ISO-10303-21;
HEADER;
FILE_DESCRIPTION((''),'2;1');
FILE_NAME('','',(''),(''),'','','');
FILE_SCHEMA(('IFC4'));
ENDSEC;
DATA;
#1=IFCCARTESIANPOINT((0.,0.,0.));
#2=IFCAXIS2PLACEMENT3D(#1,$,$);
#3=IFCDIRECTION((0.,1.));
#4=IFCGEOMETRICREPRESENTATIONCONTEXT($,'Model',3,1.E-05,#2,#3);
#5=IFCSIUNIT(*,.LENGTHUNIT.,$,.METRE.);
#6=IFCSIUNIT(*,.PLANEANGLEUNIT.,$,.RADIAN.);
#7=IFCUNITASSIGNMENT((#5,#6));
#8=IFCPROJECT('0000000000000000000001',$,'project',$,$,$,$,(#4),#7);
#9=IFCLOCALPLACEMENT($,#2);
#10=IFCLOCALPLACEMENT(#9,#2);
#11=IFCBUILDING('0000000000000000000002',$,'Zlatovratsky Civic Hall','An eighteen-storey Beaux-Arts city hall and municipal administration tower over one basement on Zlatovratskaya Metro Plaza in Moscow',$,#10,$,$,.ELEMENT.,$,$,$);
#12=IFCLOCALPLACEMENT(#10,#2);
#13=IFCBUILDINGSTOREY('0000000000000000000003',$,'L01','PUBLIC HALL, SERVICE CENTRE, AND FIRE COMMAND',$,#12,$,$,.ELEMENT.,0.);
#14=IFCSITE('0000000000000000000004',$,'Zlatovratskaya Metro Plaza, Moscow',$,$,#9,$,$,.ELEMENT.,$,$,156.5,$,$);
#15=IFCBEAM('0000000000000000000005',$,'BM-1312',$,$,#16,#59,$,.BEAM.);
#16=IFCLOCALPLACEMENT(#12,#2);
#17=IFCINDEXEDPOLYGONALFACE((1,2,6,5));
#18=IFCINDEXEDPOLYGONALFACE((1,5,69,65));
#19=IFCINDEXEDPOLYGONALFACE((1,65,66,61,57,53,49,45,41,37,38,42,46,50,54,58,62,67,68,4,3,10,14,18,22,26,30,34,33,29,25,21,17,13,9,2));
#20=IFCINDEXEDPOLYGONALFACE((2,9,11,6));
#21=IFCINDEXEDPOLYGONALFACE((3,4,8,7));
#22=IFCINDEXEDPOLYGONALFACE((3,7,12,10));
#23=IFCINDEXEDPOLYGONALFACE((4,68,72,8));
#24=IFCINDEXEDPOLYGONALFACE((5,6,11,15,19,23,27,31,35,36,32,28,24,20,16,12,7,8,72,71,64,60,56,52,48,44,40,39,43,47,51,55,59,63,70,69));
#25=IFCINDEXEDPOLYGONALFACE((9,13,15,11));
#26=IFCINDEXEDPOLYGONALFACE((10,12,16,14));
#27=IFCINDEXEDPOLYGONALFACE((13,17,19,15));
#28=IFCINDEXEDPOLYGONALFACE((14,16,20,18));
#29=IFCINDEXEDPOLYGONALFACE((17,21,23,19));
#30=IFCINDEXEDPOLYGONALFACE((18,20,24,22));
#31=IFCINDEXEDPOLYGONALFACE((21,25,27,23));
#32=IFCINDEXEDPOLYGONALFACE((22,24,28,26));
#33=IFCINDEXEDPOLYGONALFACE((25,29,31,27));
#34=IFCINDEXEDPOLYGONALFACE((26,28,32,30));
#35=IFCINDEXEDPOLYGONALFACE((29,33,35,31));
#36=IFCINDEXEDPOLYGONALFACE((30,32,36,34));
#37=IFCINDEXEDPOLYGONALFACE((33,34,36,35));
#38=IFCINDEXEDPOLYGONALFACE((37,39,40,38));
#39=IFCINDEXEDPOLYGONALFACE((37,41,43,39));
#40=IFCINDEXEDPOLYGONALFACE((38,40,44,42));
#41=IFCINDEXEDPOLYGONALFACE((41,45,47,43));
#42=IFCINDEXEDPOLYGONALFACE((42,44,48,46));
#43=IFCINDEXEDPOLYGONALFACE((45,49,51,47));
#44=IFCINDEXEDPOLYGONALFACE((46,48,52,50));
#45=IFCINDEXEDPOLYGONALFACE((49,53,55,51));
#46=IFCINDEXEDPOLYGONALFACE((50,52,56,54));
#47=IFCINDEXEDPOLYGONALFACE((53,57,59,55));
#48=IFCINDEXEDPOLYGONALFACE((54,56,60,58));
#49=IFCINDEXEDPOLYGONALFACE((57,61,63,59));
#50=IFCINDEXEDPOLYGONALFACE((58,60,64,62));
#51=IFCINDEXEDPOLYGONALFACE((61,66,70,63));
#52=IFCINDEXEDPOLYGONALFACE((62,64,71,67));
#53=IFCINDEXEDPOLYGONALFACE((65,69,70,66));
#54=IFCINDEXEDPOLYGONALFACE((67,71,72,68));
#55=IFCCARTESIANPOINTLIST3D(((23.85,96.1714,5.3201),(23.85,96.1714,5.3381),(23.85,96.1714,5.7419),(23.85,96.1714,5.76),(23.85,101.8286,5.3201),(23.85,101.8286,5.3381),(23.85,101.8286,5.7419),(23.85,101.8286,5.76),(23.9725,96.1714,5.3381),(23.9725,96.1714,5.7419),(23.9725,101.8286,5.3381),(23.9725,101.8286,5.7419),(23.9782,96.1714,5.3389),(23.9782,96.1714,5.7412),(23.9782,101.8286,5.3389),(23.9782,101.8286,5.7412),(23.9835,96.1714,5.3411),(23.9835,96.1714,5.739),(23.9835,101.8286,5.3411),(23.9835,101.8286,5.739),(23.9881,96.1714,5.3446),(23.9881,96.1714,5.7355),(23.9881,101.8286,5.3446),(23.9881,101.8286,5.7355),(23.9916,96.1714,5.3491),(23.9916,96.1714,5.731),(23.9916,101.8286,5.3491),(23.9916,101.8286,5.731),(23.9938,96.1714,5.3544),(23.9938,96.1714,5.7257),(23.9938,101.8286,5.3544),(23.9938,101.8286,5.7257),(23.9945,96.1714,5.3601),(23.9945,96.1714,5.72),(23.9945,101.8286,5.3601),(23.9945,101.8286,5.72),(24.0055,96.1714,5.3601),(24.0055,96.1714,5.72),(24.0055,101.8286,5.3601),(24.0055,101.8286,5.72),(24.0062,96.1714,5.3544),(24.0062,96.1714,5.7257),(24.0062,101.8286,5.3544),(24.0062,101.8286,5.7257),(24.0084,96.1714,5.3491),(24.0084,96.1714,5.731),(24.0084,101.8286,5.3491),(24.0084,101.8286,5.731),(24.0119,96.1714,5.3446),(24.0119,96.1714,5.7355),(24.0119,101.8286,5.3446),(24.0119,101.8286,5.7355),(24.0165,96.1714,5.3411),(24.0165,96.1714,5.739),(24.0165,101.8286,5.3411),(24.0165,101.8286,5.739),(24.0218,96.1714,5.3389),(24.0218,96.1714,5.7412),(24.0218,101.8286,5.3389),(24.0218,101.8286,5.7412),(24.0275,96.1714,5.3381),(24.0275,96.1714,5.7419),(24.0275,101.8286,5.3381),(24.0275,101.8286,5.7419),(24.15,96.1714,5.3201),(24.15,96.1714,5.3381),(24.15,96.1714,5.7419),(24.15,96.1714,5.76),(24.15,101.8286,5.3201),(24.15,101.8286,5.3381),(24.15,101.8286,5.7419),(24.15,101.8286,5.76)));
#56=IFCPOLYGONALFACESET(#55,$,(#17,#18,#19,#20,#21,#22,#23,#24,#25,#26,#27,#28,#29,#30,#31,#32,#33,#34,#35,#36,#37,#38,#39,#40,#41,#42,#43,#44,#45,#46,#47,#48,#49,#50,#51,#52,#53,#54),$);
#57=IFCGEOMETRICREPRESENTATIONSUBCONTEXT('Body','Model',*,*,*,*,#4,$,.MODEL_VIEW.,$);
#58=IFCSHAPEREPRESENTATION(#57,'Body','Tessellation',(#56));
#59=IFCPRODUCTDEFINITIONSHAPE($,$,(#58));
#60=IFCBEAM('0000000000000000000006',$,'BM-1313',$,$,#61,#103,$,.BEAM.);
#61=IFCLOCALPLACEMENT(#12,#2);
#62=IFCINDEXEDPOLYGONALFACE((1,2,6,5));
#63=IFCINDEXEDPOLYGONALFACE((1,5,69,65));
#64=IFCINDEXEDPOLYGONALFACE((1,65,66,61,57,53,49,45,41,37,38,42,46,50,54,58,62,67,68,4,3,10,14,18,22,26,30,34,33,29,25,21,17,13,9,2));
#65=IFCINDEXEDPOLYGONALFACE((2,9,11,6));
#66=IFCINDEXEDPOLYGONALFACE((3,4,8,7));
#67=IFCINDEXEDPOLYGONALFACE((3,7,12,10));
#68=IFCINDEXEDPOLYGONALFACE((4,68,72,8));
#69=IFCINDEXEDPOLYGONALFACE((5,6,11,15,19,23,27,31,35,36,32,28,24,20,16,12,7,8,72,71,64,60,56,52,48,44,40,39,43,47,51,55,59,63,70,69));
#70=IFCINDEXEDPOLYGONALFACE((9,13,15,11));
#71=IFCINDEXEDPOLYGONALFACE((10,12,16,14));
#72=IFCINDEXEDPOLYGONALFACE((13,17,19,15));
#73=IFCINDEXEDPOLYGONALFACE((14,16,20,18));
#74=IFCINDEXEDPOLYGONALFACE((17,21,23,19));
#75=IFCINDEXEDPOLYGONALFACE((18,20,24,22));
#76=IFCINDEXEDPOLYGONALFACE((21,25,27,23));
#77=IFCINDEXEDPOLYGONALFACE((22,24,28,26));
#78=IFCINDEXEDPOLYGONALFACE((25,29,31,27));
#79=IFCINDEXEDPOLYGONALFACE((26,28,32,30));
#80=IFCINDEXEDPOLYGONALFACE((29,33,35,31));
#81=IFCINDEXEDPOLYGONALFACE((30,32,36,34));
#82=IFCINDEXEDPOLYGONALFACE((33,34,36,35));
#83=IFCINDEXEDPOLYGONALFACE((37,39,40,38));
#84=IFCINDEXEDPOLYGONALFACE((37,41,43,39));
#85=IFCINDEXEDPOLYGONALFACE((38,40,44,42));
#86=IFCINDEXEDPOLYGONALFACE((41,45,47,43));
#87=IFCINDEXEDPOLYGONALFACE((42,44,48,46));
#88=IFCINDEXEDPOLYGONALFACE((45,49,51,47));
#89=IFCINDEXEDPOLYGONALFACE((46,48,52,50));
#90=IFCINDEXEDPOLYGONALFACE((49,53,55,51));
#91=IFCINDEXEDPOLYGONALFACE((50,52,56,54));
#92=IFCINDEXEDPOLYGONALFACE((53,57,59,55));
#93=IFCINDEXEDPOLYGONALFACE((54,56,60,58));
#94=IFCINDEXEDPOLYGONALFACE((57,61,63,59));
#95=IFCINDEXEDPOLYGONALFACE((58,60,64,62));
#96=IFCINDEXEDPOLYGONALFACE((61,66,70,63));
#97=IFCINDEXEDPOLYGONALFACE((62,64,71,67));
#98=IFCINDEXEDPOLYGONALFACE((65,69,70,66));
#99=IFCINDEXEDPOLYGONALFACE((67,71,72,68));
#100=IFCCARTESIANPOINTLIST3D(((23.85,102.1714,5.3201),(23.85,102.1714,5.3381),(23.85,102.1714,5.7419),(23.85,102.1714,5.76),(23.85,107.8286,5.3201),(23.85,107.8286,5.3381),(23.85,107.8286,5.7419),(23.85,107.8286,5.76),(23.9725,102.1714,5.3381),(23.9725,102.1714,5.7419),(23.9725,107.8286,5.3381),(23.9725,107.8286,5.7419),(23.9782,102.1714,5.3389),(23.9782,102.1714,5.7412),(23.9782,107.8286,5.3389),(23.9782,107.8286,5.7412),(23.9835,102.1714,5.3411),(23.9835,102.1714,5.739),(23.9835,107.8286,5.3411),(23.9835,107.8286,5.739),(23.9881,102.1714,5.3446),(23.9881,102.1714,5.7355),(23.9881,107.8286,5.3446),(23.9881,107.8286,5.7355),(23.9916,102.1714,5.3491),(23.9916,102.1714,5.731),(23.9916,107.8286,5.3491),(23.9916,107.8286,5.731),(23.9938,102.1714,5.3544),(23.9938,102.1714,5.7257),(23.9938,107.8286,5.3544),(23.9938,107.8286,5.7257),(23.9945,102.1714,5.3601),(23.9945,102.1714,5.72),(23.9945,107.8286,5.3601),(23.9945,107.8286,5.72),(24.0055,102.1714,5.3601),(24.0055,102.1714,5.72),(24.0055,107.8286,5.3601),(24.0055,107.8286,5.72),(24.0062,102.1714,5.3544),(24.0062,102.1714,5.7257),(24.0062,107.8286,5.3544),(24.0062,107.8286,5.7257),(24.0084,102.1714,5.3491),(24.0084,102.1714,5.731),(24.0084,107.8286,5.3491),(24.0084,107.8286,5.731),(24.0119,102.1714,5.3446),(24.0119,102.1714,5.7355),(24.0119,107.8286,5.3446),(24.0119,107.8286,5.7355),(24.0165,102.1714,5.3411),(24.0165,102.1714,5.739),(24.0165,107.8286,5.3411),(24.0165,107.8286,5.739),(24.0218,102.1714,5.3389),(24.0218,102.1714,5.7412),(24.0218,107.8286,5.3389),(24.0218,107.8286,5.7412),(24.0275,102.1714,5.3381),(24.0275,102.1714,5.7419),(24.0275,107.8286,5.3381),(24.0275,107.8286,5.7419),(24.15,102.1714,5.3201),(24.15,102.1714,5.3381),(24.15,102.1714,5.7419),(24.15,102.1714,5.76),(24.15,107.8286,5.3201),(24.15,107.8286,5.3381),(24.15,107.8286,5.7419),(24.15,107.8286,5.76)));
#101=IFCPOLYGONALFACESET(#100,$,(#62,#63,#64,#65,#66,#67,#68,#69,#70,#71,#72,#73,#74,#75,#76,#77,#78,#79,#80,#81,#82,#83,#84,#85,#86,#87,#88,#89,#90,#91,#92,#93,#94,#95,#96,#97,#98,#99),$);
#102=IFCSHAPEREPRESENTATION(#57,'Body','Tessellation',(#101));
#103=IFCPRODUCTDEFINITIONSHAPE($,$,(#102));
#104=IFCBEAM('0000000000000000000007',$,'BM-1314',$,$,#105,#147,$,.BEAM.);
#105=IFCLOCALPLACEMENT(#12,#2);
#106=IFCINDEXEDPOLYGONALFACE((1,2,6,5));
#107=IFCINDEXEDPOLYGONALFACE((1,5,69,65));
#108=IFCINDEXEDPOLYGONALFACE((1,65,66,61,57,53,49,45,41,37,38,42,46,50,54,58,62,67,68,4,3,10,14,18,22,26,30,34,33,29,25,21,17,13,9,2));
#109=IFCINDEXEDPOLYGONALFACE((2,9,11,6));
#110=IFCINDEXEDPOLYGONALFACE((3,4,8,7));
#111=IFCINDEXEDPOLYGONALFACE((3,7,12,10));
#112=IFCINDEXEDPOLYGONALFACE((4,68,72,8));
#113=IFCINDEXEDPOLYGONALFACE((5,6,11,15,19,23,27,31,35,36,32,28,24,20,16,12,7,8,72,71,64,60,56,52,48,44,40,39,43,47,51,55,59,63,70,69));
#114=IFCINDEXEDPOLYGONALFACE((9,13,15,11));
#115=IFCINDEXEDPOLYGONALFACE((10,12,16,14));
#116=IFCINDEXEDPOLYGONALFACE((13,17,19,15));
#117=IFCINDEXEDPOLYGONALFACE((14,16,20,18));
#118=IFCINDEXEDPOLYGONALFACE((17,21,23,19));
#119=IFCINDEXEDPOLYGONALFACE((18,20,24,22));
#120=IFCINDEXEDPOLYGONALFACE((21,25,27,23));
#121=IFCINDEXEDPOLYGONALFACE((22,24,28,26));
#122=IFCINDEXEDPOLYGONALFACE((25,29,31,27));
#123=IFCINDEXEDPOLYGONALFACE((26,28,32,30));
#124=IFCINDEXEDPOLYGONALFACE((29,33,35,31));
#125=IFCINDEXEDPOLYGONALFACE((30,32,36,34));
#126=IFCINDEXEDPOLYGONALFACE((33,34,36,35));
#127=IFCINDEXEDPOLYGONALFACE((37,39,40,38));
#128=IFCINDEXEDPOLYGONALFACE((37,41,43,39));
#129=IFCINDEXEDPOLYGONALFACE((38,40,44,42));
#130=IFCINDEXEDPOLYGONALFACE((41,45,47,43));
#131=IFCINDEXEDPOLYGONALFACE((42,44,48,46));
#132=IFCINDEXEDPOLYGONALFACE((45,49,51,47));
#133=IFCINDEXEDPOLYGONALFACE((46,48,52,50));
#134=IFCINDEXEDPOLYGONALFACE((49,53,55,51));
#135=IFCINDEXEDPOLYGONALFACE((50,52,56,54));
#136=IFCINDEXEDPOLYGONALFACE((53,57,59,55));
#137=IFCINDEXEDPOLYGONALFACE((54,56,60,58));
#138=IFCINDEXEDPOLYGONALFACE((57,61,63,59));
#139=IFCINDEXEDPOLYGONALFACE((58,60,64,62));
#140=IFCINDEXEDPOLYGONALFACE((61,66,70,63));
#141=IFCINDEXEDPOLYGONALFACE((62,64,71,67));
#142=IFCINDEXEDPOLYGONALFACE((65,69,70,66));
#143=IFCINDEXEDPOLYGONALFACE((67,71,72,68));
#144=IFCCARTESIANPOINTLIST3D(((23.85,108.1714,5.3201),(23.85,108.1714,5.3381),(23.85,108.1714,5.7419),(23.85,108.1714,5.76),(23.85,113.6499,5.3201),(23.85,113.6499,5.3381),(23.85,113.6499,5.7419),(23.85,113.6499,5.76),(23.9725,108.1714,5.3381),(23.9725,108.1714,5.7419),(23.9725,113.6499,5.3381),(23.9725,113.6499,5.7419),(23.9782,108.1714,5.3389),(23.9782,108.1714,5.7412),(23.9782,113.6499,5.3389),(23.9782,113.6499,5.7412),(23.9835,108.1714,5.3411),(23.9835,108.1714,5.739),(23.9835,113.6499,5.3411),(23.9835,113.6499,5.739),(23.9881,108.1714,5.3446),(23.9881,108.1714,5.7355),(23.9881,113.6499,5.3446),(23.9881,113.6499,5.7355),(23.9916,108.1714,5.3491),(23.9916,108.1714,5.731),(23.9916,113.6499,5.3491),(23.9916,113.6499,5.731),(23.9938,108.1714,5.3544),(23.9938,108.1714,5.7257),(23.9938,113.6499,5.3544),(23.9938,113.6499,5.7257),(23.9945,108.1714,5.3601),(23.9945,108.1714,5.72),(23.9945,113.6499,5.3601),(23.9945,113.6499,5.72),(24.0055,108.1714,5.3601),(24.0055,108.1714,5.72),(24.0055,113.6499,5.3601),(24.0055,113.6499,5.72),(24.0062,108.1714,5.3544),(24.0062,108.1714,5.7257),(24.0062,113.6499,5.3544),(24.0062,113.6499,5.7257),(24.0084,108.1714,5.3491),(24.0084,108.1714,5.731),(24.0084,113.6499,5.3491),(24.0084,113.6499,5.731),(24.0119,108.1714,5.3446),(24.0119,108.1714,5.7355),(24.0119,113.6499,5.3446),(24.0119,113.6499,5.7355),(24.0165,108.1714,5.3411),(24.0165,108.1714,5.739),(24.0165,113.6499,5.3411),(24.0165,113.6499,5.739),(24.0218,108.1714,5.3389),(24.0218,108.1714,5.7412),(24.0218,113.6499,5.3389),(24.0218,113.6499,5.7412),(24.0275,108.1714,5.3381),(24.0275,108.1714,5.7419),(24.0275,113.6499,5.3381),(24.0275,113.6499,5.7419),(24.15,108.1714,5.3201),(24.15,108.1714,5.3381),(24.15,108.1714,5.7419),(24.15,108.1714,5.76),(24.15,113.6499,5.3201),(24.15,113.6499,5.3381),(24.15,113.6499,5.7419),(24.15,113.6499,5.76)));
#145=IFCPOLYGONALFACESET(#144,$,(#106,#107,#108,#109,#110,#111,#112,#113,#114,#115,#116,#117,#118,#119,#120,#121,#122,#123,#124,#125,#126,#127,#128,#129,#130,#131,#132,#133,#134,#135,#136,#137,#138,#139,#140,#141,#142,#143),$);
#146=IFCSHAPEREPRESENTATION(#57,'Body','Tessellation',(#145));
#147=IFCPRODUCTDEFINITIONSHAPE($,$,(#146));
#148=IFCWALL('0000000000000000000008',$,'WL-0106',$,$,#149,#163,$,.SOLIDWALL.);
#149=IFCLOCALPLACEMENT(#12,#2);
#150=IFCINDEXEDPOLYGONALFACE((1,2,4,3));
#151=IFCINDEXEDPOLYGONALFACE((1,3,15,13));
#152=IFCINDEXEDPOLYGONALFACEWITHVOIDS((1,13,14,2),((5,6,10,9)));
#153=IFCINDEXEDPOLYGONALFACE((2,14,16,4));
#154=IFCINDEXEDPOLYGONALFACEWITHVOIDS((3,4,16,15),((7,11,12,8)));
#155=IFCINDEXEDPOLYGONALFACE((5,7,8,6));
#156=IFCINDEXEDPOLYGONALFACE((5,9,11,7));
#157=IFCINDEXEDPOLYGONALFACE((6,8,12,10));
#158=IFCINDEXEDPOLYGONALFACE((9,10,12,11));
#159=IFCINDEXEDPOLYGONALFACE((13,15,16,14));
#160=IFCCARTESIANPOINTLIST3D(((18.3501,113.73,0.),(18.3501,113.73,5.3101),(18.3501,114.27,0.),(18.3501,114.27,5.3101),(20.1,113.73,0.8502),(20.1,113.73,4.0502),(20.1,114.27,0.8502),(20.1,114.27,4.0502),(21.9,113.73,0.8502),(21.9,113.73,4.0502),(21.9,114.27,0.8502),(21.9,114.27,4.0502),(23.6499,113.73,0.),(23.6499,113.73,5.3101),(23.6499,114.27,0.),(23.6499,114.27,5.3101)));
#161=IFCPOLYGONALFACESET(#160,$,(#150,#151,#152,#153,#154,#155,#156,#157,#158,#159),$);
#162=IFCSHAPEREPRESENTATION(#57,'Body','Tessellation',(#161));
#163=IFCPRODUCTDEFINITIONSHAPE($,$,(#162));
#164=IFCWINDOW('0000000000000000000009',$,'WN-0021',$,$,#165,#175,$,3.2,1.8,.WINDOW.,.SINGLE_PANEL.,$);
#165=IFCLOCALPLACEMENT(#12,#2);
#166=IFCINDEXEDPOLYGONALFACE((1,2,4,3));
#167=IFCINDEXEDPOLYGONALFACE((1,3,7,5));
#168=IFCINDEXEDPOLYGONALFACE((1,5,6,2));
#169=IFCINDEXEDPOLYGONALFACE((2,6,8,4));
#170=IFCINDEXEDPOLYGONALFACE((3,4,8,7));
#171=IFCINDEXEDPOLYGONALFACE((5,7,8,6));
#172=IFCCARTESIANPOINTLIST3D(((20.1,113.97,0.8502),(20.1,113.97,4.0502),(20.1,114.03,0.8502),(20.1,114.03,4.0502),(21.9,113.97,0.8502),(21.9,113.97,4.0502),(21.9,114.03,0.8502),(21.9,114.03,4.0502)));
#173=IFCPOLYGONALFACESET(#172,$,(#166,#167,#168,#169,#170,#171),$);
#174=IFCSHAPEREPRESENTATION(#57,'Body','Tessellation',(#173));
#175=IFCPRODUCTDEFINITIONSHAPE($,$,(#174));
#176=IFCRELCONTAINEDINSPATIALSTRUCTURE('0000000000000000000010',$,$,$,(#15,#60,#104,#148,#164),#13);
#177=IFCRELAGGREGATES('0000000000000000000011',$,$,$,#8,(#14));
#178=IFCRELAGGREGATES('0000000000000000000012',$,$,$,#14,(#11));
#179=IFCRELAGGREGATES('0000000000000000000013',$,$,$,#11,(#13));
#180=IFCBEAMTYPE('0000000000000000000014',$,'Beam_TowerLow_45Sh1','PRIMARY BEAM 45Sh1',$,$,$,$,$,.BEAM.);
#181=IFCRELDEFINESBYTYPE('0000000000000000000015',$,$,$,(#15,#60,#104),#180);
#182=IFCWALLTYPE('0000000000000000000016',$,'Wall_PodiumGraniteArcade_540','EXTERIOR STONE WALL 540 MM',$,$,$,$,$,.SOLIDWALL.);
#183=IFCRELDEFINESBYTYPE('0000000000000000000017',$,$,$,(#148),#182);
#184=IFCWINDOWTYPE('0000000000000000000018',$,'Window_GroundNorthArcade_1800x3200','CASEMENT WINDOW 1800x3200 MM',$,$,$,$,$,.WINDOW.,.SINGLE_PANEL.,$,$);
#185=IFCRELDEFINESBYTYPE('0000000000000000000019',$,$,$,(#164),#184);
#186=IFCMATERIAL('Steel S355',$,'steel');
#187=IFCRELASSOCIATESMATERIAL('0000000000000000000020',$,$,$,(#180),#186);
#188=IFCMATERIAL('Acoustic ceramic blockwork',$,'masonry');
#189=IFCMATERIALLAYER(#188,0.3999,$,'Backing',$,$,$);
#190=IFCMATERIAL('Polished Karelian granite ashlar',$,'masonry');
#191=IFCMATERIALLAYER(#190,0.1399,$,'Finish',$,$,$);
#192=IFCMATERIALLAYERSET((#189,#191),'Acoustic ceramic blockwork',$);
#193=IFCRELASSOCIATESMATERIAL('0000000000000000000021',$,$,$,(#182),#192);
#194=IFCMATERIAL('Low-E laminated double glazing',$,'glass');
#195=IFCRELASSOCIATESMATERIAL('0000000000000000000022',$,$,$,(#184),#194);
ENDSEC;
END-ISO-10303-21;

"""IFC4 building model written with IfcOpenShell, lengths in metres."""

from ifc_helpers import new_model, si_unit, direction, frame, frame_2d, origin, origin_2d, place, context, subcontext, project, spatial, rectangle, i_section, extrude, material, layer, layer_set, material_profile, profile_set, type_object, element, fill, save


model = new_model("IFC4")

# Units and contexts
model_context = context("Model", 3, precision=1e-05, world=origin(), true_north=direction((0.0, 1.0)))
body_context = subcontext(model_context, "Body", "Model", "MODEL_VIEW")
ifc_project = project(units=[si_unit("LENGTHUNIT", "METRE"), si_unit("PLANEANGLEUNIT", "RADIAN")], contexts=[model_context])

# Site, building, storey
site_placement = place(None, origin())
site = spatial("IfcSite", under=ifc_project, at=site_placement, Name="Zlatovratskaya Metro Plaza, Moscow", CompositionType="ELEMENT", RefElevation=156.5)
building_placement = place(site_placement, origin())
building = spatial("IfcBuilding", under=site, at=building_placement, Name="Zlatovratsky Civic Hall", Description="An eighteen-storey Beaux-Arts city hall and municipal administration tower over one basement on Zlatovratskaya Metro Plaza in Moscow", CompositionType="ELEMENT")
storey_placement = place(building_placement, origin())
storey = spatial("IfcBuildingStorey", under=building, at=storey_placement, Name="L01", Description="PUBLIC HALL, SERVICE CENTRE, AND FIRE COMMAND", CompositionType="ELEMENT", Elevation=0.0)

# Shared definitions
ifc_material_1 = material(Name="Steel S355", Category="steel")

# Beams
ifc_material_profile_1 = material_profile(ifc_material_1, i_section(OverallWidth=0.3, OverallDepth=0.4399, WebThickness=0.011, FlangeThickness=0.0181, FilletRadius=0.022, at=origin_2d()), Name="45Sh1")
ifc_profile_set_1 = profile_set([ifc_material_profile_1], Name="Steel S355")
beam_type_1 = type_object("IfcBeamType", Name="Beam_TowerLow_45Sh1", Description="PRIMARY BEAM 45Sh1", PredefinedType="BEAM", material=ifc_profile_set_1)
for number, where, z_axis, x_axis, name in (
    (1, (24.0, 96.1714, 5.54), (0.0, 1.0, 0.0), (-1.0, 0.0, 0.0), "BM-1312"),
    (2, (24.0, 102.1714, 5.54), (0.0, 1.0, 0.0), (-1.0, 0.0, 0.0), "BM-1313"),
):
    element("IfcBeam", number, at=place(storey_placement, frame(where, z_axis=z_axis, x_axis=x_axis)), inside=storey, type_object=beam_type_1, Name=name, PredefinedType="BEAM", context=body_context, shape_type="SweptSolid", body=[
        extrude(i_section(OverallWidth=0.3, OverallDepth=0.4399, WebThickness=0.011, FlangeThickness=0.0181, FilletRadius=0.022, at=origin_2d()), origin(), (0.0, 0.0, 1.0), 5.6572),
    ])
beam_1_placement = place(storey_placement, frame((24.0, 108.1714, 5.54), z_axis=(0.0, 1.0, 0.0), x_axis=(-1.0, 0.0, 0.0)))
element("IfcBeam", 3, at=beam_1_placement, inside=storey, type_object=beam_type_1, Name="BM-1314", PredefinedType="BEAM", context=body_context, shape_type="SweptSolid", body=[
    extrude(i_section(OverallWidth=0.3, OverallDepth=0.4399, WebThickness=0.011, FlangeThickness=0.0181, FilletRadius=0.022, at=origin_2d()), origin(), (0.0, 0.0, 1.0), 5.4785),
])

# Wall, opening, window
ifc_material_2 = material(Name="Acoustic ceramic blockwork", Category="masonry")
ifc_layer_1 = layer(ifc_material_2, 0.3999, Name="Backing")
ifc_material_3 = material(Name="Polished Karelian granite ashlar", Category="masonry")
ifc_layer_2 = layer(ifc_material_3, 0.1399, Name="Finish")
ifc_layer_set = layer_set([ifc_layer_1, ifc_layer_2], Name="Acoustic ceramic blockwork")
wall_type = type_object("IfcWallType", Name="Wall_PodiumGraniteArcade_540", Description="EXTERIOR STONE WALL 540 MM", PredefinedType="SOLIDWALL", material=ifc_layer_set)
wall_placement = place(storey_placement, frame((18.3501, 114.0, 0.0), z_axis=(0.0, 0.0, 1.0), x_axis=(1.0, 0.0, 0.0)))
wall = element("IfcWall", 4, at=wall_placement, inside=storey, type_object=wall_type, Name="WL-0106", PredefinedType="SOLIDWALL", context=body_context, shape_type="SweptSolid", body=[
    extrude(rectangle(XDim=5.2998, YDim=0.54, at=frame_2d((2.6499, 0.0))), origin(), (0.0, 0.0, 1.0), 5.3101),
])
opening_placement = place(wall_placement, frame((1.75, 0.0, 0.8501)))
opening = element("IfcOpeningElement", 5, at=opening_placement, cuts=wall, PredefinedType="OPENING", context=body_context, shape_type="SweptSolid", body=[
    extrude(rectangle(XDim=1.8, YDim=3.2, at=frame_2d((0.8999, 1.6001))), frame((0.0, 0.2849, 0.0), z_axis=(0.0, -1.0, 0.0), x_axis=(1.0, 0.0, 0.0)), (0.0, 0.0, 1.0), 0.5698),
])
ifc_material_4 = material(Name="Low-E laminated double glazing", Category="glass")
window_type = type_object("IfcWindowType", Name="Window_GroundNorthArcade_1800x3200", Description="CASEMENT WINDOW 1800x3200 MM", PartitioningType="SINGLE_PANEL", PredefinedType="WINDOW", material=ifc_material_4)
window_placement = place(opening_placement, origin())
window = element("IfcWindow", 6, at=window_placement, inside=storey, type_object=window_type, Name="WN-0021", OverallHeight=3.2, OverallWidth=1.8, PartitioningType="SINGLE_PANEL", PredefinedType="WINDOW", context=body_context, shape_type="SweptSolid", body=[
    extrude(rectangle(XDim=1.8, YDim=3.2, at=frame_2d((0.8999, 1.6001))), frame((0.0, 0.03, 0.0), z_axis=(0.0, -1.0, 0.0), x_axis=(1.0, 0.0, 0.0)), (0.0, 0.0, 1.0), 0.0601),
])
fill(opening, window)

save(model, "model.ifc")
